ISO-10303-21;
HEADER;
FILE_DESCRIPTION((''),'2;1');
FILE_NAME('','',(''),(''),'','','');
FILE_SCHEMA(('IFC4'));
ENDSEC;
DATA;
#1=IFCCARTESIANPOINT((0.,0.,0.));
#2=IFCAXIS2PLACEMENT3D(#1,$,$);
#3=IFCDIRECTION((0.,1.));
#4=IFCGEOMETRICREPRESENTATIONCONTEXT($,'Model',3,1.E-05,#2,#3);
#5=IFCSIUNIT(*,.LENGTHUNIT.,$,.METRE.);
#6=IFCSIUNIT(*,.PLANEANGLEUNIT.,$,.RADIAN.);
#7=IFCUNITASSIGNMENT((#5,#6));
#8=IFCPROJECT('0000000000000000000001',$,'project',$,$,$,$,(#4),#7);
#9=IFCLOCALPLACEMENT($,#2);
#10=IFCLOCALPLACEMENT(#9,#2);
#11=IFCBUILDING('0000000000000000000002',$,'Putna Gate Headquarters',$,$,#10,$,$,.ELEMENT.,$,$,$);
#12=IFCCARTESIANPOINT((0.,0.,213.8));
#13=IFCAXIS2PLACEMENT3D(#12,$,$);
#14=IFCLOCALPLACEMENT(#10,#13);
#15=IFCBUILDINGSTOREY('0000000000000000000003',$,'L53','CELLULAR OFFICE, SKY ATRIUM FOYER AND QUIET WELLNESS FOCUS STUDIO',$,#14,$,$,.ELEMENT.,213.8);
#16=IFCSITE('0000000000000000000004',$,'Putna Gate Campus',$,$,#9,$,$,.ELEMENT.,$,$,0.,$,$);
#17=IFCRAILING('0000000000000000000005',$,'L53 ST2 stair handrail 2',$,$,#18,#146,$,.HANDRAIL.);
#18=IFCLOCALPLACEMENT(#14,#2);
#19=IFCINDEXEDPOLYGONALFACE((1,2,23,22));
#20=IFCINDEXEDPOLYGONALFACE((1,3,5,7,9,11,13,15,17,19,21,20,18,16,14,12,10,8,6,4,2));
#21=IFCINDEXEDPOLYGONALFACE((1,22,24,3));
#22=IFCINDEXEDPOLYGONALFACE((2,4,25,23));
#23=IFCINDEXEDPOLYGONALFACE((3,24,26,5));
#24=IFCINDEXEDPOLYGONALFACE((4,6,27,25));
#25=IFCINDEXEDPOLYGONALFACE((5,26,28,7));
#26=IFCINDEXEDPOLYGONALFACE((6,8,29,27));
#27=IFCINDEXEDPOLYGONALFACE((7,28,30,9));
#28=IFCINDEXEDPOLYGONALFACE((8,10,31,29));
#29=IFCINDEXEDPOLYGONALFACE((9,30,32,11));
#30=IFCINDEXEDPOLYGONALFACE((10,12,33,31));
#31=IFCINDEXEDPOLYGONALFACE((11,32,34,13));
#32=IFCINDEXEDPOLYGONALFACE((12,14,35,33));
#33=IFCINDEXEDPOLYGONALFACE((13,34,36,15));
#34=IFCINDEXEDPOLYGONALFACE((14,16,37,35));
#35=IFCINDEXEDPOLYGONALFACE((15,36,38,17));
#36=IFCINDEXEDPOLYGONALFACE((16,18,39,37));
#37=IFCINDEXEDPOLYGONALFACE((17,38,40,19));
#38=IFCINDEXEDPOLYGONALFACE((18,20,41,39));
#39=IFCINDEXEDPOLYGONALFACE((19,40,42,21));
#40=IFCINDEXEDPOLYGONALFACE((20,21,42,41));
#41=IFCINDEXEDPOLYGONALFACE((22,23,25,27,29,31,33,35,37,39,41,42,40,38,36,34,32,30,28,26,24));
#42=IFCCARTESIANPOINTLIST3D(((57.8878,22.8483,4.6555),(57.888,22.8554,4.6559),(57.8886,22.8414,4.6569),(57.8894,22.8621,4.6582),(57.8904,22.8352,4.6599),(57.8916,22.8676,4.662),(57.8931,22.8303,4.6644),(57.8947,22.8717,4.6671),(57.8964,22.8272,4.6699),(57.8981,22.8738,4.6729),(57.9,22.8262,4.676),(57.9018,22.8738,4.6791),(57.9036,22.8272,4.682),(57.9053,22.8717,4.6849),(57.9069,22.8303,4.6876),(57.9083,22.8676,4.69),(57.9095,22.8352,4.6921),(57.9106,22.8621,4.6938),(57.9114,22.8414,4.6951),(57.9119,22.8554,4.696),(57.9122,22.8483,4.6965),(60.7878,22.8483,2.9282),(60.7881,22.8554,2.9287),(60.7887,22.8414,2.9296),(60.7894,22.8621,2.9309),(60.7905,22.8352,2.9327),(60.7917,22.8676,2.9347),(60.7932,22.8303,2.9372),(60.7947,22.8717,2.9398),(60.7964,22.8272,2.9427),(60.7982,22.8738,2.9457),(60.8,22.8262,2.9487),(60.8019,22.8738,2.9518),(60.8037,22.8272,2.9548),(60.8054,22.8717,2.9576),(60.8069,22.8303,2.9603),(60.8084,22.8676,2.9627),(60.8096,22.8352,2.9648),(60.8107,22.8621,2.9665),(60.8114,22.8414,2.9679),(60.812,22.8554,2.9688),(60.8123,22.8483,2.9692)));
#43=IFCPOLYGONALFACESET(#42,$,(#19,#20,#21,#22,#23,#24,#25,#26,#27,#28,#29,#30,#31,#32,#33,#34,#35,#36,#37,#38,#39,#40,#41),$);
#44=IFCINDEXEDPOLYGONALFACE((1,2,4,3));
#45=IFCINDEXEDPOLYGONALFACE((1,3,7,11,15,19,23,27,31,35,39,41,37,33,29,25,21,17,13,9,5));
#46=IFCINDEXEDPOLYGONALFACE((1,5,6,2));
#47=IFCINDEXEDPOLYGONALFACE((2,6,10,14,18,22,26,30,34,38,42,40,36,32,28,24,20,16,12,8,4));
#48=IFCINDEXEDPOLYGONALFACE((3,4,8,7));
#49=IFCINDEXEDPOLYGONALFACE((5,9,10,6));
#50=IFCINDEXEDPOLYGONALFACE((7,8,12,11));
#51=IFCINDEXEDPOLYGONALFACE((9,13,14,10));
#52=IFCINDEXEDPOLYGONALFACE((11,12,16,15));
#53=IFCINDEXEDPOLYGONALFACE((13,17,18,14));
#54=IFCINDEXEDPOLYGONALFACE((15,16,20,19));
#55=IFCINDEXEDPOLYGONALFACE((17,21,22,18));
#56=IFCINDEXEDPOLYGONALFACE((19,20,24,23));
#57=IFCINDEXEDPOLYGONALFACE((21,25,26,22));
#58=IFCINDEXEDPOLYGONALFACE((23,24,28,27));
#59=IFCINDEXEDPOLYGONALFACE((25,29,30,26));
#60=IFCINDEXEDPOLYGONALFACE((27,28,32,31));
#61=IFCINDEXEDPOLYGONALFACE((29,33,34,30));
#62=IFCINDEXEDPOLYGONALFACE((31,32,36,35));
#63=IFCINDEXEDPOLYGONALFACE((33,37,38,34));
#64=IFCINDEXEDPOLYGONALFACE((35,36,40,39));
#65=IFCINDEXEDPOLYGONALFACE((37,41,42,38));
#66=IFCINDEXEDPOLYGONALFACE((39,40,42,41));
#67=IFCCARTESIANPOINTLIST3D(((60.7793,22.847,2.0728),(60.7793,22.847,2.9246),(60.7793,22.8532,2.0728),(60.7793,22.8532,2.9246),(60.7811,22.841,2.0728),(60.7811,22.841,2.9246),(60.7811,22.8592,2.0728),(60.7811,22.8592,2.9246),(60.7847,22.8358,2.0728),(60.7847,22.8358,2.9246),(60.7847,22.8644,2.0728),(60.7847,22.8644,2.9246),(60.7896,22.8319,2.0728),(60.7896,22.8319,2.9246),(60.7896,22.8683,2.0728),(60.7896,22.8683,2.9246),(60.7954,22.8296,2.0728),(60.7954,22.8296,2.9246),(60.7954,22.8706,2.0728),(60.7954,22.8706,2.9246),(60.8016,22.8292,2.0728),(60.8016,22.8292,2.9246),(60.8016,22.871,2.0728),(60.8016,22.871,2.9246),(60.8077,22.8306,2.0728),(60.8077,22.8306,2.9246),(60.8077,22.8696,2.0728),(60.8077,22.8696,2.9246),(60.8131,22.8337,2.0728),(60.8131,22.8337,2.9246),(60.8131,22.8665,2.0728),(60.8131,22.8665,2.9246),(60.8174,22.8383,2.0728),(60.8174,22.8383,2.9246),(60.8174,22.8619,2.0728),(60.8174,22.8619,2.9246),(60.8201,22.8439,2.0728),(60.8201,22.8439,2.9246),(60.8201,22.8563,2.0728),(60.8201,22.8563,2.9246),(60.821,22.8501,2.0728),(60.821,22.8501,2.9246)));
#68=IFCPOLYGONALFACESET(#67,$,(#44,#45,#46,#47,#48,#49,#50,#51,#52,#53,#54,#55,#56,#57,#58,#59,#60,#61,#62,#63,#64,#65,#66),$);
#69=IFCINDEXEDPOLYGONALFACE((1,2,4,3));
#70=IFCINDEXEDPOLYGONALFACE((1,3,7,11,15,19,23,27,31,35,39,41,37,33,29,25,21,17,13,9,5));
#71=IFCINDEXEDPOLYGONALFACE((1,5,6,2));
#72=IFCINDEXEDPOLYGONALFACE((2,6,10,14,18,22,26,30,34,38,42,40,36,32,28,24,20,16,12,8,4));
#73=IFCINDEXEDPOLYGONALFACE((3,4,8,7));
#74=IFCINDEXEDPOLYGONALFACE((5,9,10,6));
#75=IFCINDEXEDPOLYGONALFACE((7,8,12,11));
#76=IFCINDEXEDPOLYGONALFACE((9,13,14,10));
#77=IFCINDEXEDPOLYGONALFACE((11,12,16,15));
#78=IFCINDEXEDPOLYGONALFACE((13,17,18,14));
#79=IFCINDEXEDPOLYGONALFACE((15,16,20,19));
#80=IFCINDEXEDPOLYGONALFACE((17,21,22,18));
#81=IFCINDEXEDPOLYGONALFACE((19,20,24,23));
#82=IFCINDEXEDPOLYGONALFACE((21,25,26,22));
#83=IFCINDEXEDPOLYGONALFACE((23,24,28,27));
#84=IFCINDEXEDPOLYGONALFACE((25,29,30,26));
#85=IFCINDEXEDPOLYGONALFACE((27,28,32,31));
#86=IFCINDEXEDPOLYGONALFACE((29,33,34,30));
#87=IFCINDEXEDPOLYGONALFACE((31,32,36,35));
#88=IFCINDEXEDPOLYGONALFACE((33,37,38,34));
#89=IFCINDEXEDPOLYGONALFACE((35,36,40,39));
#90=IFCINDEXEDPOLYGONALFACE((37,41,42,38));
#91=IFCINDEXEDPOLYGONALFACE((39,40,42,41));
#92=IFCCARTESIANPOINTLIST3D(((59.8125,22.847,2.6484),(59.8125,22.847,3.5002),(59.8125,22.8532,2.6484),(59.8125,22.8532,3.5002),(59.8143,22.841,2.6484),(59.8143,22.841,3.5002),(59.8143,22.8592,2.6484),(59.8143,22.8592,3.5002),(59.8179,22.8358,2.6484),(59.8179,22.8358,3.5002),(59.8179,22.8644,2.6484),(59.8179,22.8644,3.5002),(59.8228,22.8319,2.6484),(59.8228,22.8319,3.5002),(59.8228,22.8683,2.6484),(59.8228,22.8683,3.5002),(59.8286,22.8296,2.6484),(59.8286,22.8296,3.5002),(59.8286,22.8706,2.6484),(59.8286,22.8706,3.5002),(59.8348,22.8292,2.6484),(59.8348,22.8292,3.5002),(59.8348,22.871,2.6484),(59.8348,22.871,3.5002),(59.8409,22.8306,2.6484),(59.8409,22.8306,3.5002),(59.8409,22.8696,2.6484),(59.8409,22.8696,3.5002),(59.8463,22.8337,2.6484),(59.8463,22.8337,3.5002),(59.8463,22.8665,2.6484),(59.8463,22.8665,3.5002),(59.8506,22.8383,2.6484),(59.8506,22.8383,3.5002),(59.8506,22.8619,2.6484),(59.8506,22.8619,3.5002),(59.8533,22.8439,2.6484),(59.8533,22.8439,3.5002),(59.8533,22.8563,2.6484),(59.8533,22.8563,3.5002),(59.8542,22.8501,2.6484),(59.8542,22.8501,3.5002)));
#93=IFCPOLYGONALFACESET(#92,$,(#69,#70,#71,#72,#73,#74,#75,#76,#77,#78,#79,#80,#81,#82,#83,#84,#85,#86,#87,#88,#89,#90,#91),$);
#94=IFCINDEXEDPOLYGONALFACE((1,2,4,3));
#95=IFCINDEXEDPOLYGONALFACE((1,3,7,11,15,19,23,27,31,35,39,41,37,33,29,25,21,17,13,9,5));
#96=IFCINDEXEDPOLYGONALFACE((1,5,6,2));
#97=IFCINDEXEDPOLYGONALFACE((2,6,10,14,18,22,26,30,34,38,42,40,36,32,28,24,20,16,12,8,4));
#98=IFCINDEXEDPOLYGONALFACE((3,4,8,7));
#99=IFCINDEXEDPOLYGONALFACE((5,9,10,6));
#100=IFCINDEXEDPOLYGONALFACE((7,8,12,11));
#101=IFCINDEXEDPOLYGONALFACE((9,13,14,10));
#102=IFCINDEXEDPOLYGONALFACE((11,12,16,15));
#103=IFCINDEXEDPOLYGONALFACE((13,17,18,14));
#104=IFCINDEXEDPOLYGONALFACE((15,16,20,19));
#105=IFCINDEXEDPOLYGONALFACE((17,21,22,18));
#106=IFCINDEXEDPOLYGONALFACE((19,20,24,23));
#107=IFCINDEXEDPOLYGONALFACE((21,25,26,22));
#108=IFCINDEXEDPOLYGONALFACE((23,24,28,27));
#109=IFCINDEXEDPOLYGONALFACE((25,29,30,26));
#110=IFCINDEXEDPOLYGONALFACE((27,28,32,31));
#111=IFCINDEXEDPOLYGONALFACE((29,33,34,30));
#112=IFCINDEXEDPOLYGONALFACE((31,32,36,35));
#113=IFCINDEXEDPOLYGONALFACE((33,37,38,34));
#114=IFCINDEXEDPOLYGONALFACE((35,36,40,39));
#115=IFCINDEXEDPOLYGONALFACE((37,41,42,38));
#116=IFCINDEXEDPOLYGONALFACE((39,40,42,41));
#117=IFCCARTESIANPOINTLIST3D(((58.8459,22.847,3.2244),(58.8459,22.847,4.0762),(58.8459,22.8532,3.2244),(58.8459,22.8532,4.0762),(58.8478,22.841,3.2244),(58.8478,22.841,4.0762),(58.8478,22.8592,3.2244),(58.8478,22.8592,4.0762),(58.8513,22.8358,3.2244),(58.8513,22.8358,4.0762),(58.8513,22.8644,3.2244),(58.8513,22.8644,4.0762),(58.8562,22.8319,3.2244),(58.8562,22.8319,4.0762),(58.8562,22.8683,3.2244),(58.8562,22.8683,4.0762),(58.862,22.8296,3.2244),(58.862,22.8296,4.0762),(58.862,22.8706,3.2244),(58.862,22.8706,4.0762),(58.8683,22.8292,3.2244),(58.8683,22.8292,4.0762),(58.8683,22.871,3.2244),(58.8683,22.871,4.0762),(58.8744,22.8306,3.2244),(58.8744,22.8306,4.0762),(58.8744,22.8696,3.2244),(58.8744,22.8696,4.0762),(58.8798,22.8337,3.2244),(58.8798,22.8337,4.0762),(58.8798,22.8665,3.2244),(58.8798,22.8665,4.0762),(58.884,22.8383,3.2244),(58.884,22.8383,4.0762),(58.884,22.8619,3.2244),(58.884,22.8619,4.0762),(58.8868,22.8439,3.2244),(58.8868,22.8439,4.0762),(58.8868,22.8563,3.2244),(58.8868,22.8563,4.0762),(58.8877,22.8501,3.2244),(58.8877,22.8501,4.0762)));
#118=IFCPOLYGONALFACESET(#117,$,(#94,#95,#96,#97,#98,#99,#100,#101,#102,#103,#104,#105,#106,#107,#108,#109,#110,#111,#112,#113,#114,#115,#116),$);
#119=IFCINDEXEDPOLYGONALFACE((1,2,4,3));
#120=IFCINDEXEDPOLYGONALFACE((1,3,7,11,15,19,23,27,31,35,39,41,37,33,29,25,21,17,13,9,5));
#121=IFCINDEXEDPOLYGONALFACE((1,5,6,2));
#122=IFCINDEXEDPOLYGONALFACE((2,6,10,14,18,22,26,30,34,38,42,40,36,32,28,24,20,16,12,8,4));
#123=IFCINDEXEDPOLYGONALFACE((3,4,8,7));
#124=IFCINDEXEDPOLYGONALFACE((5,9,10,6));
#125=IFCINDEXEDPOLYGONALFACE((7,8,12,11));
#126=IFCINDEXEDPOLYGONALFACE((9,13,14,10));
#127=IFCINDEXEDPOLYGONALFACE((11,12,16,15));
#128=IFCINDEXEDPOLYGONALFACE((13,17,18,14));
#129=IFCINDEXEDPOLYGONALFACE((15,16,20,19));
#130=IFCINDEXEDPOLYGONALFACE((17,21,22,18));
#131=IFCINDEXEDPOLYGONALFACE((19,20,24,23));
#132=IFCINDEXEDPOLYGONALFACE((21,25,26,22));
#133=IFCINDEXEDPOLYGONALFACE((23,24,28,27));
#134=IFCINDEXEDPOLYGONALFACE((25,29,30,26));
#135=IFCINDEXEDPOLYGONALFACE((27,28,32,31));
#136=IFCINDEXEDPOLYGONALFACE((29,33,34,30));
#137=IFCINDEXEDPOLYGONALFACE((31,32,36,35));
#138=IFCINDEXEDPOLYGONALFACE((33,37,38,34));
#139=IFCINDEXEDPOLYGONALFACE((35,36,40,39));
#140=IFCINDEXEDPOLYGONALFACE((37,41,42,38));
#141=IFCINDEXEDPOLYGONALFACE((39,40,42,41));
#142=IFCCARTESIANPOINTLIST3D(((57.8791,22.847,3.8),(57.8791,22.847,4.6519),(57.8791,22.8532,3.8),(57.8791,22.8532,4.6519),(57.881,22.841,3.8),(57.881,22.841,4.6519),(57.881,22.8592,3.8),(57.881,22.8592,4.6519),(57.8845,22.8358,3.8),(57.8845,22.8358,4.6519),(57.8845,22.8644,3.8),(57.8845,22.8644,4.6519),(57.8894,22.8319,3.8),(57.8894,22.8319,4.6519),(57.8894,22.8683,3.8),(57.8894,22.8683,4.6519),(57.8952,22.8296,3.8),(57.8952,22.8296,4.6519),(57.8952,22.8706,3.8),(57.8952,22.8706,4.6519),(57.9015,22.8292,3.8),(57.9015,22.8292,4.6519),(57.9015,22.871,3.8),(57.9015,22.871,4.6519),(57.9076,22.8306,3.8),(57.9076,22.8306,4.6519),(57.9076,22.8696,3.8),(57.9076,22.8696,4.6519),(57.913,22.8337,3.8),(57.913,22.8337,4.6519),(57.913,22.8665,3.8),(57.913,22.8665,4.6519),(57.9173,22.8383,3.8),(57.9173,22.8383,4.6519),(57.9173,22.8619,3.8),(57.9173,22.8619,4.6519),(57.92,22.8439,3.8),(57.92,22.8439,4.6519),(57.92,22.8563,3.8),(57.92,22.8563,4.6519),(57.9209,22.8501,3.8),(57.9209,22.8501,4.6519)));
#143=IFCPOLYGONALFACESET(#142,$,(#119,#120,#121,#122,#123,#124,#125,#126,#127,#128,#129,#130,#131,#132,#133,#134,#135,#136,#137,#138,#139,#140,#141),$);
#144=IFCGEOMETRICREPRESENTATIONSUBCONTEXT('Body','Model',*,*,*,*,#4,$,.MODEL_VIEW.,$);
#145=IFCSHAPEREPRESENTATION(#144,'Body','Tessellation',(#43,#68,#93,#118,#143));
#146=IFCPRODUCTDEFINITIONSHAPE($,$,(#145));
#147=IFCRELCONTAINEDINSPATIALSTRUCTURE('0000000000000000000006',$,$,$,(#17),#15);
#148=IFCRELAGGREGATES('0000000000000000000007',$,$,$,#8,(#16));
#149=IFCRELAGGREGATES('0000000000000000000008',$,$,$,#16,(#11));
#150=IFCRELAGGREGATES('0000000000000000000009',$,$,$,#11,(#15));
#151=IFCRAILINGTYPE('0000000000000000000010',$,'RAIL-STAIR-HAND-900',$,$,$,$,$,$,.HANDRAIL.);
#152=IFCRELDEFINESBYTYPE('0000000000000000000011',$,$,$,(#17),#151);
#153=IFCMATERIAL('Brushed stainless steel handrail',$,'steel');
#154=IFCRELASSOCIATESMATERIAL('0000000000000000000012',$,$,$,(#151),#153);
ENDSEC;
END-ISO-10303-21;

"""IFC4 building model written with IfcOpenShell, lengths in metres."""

from ifc_helpers import new_model, si_unit, direction, frame, origin, origin_2d, place, context, subcontext, project, spatial, circle, extrude, material, type_object, element, save


model = new_model("IFC4")

# Units and contexts
model_context = context("Model", 3, precision=1e-05, world=origin(), true_north=direction((0.0, 1.0)))
body_context = subcontext(model_context, "Body", "Model", "MODEL_VIEW")
ifc_project = project(units=[si_unit("LENGTHUNIT", "METRE"), si_unit("PLANEANGLEUNIT", "RADIAN")], contexts=[model_context])

# Site, building, storey
site_placement = place(None, origin())
site = spatial("IfcSite", under=ifc_project, at=site_placement, Name="Putna Gate Campus", CompositionType="ELEMENT", RefElevation=0.0)
building_placement = place(site_placement, origin())
building = spatial("IfcBuilding", under=site, at=building_placement, Name="Putna Gate Headquarters", CompositionType="ELEMENT")
storey_placement = place(building_placement, frame((0.0, 0.0, 213.8)))
storey = spatial("IfcBuildingStorey", under=building, at=storey_placement, Name="L53", Description="CELLULAR OFFICE, SKY ATRIUM FOYER AND QUIET WELLNESS FOCUS STUDIO", CompositionType="ELEMENT", Elevation=213.8)

# Railing
ifc_material_1 = material(Name="Brushed stainless steel handrail", Category="steel")
railing_type_1 = type_object("IfcRailingType", Name="RAIL-STAIR-HAND-900", PredefinedType="HANDRAIL", material=ifc_material_1)
railing_1_placement = place(storey_placement, frame((60.8, 22.8501, 2.0728)))
element("IfcRailing", 1, at=railing_1_placement, inside=storey, type_object=railing_type_1, Name="L53 ST2 stair handrail 2", PredefinedType="HANDRAIL", context=body_context, shape_type="SweptSolid", body=[
    extrude(circle(Radius=0.0239, at=origin_2d()), frame((0.0, 0.0, 0.876), z_axis=(-0.85916, 0.0, 0.511706), x_axis=(0.0, -1.0, 0.0)), (0.0, 0.0, 1.0), 3.3755),
    extrude(circle(Radius=0.021, at=origin_2d()), origin(), (0.0, 0.0, 1.0), 0.8518),
    extrude(circle(Radius=0.021, at=origin_2d()), frame((-0.9668, 0.0, 0.5757)), (0.0, 0.0, 1.0), 0.8518),
    extrude(circle(Radius=0.021, at=origin_2d()), frame((-1.9333, 0.0, 1.1516)), (0.0, 0.0, 1.0), 0.8518),
    extrude(circle(Radius=0.021, at=origin_2d()), frame((-2.9001, 0.0, 1.7273)), (0.0, 0.0, 1.0), 0.8518),
])

save(model, "model.ifc")
